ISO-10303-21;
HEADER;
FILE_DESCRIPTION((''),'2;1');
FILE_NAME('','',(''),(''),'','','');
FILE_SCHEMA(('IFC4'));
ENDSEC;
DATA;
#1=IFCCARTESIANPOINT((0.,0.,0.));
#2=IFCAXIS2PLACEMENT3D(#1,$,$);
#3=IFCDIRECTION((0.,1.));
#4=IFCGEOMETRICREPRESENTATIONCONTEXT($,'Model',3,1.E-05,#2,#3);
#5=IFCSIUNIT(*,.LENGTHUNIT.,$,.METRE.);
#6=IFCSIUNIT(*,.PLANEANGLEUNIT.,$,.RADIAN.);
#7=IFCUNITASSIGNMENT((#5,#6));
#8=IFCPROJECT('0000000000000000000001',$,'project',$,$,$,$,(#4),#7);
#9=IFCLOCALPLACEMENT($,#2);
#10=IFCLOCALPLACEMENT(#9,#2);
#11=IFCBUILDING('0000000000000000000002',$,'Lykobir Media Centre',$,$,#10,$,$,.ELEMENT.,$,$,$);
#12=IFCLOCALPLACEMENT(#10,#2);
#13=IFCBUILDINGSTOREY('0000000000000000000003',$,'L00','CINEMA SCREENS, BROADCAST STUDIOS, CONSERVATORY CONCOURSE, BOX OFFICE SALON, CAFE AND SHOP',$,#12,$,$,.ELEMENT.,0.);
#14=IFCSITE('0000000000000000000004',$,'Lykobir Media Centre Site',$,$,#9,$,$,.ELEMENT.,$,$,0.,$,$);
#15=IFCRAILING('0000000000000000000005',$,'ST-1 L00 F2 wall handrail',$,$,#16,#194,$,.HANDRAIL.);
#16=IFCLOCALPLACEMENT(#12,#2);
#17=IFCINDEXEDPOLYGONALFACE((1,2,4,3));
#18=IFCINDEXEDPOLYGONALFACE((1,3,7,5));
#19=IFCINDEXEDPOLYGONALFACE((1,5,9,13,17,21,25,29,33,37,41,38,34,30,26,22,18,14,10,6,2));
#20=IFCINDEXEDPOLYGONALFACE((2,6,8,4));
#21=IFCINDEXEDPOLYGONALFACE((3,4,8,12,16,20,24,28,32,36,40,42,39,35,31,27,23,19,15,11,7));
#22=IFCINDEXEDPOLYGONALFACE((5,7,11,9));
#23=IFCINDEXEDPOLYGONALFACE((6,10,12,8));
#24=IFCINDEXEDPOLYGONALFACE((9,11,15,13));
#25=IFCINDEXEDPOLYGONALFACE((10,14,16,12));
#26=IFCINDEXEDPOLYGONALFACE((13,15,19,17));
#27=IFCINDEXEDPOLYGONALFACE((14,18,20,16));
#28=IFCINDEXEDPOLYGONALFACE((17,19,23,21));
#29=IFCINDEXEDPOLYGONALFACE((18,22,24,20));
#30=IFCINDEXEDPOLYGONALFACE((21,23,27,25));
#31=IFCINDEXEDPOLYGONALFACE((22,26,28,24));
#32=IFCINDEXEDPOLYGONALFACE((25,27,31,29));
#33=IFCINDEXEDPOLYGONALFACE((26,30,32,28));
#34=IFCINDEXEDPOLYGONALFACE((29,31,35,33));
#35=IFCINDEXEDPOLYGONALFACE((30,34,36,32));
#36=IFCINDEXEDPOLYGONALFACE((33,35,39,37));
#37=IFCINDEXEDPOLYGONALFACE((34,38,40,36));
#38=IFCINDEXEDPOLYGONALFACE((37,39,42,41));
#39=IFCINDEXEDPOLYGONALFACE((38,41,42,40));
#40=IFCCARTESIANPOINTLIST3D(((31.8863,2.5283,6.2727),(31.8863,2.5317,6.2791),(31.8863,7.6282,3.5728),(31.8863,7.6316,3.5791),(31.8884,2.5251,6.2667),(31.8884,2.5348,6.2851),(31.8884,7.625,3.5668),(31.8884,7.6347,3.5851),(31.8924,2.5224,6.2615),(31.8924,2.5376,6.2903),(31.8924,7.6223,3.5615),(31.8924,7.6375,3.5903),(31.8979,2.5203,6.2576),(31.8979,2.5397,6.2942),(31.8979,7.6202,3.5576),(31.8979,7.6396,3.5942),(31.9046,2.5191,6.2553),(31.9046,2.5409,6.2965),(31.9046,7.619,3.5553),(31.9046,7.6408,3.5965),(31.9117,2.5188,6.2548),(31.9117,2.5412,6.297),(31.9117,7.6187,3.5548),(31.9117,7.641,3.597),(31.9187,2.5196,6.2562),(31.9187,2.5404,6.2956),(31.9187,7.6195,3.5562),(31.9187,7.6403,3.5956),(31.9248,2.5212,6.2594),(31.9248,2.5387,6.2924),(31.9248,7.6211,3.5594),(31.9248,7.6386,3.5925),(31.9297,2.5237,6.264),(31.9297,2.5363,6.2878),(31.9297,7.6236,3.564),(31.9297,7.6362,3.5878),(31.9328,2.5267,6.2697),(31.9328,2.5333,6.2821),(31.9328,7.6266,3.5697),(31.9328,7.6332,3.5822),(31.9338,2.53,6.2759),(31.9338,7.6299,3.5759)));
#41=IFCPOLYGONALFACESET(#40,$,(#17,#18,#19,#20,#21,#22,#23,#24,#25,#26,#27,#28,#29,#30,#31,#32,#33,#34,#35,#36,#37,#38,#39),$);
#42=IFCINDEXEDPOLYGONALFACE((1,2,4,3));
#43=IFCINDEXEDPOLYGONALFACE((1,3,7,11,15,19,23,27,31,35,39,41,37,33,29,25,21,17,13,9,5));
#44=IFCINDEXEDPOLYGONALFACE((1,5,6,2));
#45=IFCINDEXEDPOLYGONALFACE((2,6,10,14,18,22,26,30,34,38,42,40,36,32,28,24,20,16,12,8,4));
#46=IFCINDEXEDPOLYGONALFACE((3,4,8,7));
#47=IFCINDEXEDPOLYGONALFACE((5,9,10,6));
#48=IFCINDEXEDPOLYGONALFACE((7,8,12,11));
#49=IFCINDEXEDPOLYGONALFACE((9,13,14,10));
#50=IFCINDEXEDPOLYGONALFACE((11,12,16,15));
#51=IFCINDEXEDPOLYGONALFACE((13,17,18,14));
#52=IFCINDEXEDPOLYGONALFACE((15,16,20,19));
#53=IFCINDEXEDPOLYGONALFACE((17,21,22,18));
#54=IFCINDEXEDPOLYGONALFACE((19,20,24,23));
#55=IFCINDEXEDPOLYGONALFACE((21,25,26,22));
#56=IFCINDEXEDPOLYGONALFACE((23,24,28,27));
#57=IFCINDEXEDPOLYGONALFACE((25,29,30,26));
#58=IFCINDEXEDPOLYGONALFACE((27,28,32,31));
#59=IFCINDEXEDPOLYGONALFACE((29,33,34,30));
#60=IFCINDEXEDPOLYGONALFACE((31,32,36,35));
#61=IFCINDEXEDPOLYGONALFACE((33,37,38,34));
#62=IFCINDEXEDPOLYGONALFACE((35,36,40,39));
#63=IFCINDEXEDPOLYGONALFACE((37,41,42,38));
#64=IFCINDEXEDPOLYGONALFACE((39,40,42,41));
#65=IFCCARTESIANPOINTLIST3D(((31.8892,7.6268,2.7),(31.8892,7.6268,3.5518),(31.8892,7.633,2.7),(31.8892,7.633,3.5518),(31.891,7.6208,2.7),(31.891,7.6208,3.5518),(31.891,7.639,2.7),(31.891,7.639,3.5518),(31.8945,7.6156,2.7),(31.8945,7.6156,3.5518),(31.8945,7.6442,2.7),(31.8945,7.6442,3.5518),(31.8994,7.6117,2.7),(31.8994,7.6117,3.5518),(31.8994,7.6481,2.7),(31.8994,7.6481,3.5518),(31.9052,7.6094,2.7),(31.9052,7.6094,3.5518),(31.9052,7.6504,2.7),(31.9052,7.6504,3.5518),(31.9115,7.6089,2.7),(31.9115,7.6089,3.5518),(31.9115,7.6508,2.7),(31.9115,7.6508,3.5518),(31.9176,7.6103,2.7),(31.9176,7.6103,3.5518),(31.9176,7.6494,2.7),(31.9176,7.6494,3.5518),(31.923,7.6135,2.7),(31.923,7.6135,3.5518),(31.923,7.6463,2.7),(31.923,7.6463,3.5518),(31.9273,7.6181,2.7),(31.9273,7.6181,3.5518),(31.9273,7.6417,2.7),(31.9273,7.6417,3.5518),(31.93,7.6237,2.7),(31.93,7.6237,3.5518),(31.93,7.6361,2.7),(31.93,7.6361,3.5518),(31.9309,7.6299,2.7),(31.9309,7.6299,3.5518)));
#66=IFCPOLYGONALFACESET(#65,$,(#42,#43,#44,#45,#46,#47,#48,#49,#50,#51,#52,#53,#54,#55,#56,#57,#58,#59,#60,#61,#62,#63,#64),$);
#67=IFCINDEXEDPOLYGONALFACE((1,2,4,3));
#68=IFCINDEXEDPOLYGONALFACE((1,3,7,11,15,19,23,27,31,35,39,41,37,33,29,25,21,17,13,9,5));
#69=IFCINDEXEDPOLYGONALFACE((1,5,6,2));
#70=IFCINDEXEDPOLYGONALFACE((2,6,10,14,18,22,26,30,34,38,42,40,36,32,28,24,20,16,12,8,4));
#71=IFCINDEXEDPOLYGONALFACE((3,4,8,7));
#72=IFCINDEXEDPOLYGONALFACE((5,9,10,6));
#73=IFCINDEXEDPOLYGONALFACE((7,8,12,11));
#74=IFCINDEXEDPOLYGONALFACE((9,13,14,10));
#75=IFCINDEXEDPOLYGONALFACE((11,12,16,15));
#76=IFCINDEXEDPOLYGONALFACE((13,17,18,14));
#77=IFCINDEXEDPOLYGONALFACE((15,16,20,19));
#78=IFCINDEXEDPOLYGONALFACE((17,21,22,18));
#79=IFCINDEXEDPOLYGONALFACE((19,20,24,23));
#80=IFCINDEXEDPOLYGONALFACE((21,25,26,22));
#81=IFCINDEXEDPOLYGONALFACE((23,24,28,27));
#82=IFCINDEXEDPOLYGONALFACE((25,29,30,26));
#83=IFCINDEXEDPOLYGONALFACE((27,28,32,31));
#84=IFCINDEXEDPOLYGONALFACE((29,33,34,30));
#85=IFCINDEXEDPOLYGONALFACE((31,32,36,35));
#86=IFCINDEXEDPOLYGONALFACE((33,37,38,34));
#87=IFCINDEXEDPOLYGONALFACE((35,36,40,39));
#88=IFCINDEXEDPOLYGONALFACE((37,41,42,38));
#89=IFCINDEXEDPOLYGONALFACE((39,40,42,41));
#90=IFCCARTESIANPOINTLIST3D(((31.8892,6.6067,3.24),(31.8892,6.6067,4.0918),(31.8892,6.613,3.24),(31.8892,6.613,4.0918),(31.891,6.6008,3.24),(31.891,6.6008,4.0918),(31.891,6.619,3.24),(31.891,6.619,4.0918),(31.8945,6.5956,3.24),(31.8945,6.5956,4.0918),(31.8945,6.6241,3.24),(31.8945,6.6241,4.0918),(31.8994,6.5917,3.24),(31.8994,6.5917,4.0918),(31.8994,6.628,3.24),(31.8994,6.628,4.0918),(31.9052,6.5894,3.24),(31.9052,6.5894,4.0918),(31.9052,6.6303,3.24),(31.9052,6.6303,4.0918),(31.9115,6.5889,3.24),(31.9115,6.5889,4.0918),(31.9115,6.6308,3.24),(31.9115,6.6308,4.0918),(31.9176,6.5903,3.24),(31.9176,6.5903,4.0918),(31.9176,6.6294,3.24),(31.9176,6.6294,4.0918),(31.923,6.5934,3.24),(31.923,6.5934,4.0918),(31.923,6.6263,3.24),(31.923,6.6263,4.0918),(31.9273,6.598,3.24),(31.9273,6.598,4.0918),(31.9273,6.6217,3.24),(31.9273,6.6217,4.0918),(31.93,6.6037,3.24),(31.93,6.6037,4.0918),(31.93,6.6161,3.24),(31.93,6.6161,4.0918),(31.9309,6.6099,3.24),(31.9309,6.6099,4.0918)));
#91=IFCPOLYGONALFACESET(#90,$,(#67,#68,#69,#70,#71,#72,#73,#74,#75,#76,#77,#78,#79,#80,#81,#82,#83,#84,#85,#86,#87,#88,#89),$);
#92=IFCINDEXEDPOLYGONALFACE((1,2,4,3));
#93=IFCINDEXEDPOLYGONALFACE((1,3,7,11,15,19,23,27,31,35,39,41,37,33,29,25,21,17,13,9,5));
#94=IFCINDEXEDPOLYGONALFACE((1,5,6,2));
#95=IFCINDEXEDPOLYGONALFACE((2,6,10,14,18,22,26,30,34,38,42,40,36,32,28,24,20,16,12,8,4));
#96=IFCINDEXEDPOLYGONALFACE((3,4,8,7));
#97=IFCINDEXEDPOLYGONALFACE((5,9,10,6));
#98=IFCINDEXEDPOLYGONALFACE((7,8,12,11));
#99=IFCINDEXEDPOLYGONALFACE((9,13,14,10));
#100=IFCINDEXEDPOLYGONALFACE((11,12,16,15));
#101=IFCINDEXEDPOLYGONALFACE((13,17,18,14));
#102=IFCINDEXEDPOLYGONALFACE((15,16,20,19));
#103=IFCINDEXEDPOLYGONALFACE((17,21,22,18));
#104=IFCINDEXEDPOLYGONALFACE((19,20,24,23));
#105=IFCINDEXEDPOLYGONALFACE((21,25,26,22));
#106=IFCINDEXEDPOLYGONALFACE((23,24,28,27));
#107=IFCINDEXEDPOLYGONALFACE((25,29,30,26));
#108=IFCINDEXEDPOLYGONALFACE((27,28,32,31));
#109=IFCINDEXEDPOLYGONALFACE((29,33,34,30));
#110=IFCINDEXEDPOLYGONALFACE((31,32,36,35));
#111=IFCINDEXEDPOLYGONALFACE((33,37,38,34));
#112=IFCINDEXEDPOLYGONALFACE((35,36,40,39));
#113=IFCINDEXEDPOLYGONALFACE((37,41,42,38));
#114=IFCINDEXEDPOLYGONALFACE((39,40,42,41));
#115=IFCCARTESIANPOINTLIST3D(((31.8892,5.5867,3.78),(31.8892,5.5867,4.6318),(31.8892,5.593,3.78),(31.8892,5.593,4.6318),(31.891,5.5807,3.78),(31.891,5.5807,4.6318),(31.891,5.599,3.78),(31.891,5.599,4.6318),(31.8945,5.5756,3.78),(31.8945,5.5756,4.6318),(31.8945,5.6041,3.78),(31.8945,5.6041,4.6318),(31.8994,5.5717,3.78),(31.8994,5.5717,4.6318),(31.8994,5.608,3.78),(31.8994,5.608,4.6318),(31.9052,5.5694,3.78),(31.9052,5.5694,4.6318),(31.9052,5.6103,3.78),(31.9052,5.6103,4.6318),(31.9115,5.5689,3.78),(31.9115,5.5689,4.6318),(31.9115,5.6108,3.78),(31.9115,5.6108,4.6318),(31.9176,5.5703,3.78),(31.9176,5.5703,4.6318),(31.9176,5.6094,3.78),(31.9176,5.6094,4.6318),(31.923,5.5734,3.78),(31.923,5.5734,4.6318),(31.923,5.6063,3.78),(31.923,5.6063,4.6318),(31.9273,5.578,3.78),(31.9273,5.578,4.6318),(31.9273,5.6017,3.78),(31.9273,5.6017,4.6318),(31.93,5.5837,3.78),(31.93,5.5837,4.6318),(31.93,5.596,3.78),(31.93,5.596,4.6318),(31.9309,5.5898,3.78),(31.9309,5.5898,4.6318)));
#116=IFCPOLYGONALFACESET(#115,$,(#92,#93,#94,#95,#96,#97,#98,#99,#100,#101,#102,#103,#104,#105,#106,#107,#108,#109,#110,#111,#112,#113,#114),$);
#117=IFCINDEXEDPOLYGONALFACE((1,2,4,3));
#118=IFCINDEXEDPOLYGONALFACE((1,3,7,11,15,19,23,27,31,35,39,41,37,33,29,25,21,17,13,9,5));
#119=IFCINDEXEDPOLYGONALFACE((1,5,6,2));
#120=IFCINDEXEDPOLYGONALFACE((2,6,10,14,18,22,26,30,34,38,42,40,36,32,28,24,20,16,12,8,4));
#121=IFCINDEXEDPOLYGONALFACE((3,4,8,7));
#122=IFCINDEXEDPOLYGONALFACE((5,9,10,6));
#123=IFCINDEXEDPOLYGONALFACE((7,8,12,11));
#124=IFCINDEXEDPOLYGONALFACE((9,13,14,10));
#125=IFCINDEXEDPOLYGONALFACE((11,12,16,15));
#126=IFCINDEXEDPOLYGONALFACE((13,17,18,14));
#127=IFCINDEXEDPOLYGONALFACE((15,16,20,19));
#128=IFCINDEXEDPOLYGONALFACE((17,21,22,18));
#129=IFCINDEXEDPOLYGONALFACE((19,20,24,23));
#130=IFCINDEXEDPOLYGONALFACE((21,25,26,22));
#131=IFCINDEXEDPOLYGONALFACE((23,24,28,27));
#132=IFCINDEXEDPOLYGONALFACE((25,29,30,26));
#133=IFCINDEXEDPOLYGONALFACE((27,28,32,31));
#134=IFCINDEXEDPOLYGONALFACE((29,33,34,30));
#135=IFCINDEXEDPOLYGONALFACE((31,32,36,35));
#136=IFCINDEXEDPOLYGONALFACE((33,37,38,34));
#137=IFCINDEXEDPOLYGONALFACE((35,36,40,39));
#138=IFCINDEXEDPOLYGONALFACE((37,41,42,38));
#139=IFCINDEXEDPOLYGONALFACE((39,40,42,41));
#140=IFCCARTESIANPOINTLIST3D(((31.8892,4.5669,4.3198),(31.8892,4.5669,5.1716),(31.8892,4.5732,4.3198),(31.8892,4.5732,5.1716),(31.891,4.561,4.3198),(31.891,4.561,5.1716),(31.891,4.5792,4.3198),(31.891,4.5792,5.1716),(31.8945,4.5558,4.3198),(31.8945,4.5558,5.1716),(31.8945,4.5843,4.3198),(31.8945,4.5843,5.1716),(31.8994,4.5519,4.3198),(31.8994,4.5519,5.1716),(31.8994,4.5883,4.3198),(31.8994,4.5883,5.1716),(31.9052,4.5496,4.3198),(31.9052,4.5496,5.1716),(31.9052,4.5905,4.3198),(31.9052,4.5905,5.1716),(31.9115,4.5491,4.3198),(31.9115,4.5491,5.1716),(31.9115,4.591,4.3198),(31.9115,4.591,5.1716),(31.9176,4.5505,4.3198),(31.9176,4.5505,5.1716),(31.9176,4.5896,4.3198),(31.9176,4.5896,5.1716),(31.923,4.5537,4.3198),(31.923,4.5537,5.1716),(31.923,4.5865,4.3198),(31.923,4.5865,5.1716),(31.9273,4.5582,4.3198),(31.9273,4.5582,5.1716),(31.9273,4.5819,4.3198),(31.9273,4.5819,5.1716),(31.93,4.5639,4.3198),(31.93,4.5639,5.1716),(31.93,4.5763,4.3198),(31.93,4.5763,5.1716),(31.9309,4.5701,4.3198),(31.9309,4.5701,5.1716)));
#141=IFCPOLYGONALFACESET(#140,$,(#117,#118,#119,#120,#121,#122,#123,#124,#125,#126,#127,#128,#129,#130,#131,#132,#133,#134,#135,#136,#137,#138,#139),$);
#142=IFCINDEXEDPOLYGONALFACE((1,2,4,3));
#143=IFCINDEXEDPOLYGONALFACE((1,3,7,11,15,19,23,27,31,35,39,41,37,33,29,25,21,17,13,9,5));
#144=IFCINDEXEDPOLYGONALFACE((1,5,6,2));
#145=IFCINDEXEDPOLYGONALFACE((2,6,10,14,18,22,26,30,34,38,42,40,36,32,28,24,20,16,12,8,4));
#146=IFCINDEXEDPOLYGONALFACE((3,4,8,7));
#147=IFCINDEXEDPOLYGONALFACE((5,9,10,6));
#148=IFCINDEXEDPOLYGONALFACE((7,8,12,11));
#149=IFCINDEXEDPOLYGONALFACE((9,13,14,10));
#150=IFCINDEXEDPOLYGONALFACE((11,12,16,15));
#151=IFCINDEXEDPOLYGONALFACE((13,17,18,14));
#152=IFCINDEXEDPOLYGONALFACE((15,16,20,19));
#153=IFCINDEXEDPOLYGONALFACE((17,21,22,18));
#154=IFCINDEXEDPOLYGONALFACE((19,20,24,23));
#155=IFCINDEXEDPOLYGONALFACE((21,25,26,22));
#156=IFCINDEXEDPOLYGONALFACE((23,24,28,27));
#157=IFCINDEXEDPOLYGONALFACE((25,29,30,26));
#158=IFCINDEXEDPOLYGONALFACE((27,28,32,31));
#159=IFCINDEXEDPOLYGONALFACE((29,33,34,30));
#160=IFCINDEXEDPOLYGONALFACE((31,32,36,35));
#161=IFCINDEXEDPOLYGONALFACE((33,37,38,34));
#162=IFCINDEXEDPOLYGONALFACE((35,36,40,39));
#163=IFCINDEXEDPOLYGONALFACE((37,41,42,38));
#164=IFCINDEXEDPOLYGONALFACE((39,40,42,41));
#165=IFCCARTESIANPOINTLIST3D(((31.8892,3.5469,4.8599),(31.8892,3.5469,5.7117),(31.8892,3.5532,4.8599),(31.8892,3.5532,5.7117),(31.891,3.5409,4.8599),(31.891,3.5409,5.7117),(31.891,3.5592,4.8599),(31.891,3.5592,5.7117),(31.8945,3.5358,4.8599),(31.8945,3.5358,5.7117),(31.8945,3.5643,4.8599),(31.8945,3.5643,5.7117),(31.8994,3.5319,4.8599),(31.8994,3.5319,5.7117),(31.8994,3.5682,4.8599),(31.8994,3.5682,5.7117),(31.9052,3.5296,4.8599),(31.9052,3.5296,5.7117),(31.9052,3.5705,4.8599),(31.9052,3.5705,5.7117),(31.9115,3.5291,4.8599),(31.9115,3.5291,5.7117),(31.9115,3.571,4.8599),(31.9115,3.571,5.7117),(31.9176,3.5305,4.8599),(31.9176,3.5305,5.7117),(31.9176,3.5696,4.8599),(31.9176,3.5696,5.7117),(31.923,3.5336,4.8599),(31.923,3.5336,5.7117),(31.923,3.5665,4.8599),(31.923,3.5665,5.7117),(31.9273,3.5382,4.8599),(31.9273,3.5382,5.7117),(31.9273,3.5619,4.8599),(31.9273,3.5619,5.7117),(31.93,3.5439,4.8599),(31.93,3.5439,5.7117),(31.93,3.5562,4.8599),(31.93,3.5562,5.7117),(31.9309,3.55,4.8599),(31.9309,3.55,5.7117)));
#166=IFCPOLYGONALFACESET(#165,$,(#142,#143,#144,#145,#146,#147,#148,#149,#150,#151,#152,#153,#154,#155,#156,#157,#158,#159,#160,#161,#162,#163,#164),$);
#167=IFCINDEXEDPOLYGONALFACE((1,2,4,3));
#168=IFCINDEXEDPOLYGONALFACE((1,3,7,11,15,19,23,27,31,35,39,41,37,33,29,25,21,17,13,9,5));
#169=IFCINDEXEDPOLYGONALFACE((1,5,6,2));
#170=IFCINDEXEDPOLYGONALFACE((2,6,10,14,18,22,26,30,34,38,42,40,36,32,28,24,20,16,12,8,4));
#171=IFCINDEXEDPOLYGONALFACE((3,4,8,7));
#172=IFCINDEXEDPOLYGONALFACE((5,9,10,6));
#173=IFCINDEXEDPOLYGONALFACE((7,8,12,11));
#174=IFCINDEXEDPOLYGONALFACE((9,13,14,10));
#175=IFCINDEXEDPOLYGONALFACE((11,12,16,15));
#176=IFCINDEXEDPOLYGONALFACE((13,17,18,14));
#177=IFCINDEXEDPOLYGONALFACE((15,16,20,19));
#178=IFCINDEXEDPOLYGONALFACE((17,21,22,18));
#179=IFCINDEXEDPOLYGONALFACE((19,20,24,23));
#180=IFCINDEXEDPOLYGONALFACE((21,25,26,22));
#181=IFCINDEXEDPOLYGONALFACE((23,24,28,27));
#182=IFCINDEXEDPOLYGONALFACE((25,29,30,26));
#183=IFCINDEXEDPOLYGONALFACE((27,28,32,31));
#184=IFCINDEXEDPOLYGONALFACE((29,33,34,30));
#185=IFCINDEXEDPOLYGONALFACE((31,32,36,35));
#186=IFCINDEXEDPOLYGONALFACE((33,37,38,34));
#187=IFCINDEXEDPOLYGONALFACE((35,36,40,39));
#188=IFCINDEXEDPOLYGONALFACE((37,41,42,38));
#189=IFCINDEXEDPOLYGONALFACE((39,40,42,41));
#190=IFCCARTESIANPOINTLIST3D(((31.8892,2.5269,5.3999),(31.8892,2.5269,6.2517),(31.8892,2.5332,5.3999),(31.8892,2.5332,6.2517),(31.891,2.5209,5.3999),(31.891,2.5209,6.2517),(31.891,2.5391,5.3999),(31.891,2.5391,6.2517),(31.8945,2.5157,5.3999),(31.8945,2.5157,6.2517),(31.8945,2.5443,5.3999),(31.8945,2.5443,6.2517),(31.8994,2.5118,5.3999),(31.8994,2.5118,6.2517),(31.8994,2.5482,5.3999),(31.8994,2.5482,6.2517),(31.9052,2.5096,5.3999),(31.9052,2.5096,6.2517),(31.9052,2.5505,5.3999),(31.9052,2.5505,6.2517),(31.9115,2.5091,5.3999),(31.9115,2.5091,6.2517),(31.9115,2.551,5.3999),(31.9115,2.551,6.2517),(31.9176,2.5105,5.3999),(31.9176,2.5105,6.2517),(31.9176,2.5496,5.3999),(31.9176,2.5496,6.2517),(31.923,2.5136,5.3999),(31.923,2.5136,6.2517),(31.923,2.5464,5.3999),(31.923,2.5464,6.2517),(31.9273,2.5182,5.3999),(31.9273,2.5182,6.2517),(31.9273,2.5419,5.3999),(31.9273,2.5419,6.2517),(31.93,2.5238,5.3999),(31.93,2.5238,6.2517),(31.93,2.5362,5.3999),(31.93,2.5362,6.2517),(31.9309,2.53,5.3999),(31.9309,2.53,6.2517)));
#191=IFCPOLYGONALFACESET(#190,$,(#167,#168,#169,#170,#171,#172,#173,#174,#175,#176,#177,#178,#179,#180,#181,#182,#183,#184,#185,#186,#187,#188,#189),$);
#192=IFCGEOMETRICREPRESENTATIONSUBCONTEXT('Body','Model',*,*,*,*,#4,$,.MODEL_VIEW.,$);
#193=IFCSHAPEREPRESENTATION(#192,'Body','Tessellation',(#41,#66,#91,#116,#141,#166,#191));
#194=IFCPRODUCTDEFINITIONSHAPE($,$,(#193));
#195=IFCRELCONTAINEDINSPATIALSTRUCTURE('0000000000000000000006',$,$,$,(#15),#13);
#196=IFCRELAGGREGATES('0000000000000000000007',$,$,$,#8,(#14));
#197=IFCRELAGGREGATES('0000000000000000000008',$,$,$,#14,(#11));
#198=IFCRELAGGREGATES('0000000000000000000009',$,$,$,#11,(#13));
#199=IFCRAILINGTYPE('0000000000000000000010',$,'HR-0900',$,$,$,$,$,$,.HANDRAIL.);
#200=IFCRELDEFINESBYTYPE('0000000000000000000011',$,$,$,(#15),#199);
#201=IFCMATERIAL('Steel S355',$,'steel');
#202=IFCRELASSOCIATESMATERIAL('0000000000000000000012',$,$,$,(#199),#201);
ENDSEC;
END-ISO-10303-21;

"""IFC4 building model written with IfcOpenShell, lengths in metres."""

from ifc_helpers import new_model, si_unit, direction, frame, origin, origin_2d, place, context, subcontext, project, spatial, circle, extrude, material, type_object, element, save


model = new_model("IFC4")

# Units and contexts
model_context = context("Model", 3, precision=1e-05, world=origin(), true_north=direction((0.0, 1.0)))
body_context = subcontext(model_context, "Body", "Model", "MODEL_VIEW")
ifc_project = project(units=[si_unit("LENGTHUNIT", "METRE"), si_unit("PLANEANGLEUNIT", "RADIAN")], contexts=[model_context])

# Site, building, storey
site_placement = place(None, origin())
site = spatial("IfcSite", under=ifc_project, at=site_placement, Name="Lykobir Media Centre Site", CompositionType="ELEMENT", RefElevation=0.0)
building_placement = place(site_placement, origin())
building = spatial("IfcBuilding", under=site, at=building_placement, Name="Lykobir Media Centre", CompositionType="ELEMENT")
storey_placement = place(building_placement, origin())
storey = spatial("IfcBuildingStorey", under=building, at=storey_placement, Name="L00", Description="CINEMA SCREENS, BROADCAST STUDIOS, CONSERVATORY CONCOURSE, BOX OFFICE SALON, CAFE AND SHOP", CompositionType="ELEMENT", Elevation=0.0)

# Shared definitions
ifc_material_1 = material(Name="Steel S355", Category="steel")

# Railing
railing_type_1 = type_object("IfcRailingType", Name="HR-0900", PredefinedType="HANDRAIL", material=ifc_material_1)
railing_1_placement = place(storey_placement, frame((31.9099, 7.6299, 2.7)))
element("IfcRailing", 1, at=railing_1_placement, inside=storey, type_object=railing_type_1, Name="ST-1 L00 F2 wall handrail", PredefinedType="HANDRAIL", context=body_context, shape_type="SweptSolid", body=[
    extrude(circle(Radius=0.0239, at=origin_2d()), frame((0.0, 0.0, 0.876), z_axis=(0.0, -0.883786, 0.467892), x_axis=(1.0, 0.0, 0.0)), (0.0, 0.0, 1.0), 5.7705),
    extrude(circle(Radius=0.021, at=origin_2d()), origin(), (0.0, 0.0, 1.0), 0.8518),
    extrude(circle(Radius=0.021, at=origin_2d()), frame((0.0, -1.02, 0.54)), (0.0, 0.0, 1.0), 0.8518),
    extrude(circle(Radius=0.021, at=origin_2d()), frame((0.0, -2.04, 1.0801)), (0.0, 0.0, 1.0), 0.8518),
    extrude(circle(Radius=0.021, at=origin_2d()), frame((0.0, -3.0598, 1.6199)), (0.0, 0.0, 1.0), 0.8518),
    extrude(circle(Radius=0.021, at=origin_2d()), frame((0.0, -4.0798, 2.1599)), (0.0, 0.0, 1.0), 0.8518),
    extrude(circle(Radius=0.021, at=origin_2d()), frame((0.0, -5.0999, 2.7)), (0.0, 0.0, 1.0), 0.8518),
])

save(model, "model.ifc")
